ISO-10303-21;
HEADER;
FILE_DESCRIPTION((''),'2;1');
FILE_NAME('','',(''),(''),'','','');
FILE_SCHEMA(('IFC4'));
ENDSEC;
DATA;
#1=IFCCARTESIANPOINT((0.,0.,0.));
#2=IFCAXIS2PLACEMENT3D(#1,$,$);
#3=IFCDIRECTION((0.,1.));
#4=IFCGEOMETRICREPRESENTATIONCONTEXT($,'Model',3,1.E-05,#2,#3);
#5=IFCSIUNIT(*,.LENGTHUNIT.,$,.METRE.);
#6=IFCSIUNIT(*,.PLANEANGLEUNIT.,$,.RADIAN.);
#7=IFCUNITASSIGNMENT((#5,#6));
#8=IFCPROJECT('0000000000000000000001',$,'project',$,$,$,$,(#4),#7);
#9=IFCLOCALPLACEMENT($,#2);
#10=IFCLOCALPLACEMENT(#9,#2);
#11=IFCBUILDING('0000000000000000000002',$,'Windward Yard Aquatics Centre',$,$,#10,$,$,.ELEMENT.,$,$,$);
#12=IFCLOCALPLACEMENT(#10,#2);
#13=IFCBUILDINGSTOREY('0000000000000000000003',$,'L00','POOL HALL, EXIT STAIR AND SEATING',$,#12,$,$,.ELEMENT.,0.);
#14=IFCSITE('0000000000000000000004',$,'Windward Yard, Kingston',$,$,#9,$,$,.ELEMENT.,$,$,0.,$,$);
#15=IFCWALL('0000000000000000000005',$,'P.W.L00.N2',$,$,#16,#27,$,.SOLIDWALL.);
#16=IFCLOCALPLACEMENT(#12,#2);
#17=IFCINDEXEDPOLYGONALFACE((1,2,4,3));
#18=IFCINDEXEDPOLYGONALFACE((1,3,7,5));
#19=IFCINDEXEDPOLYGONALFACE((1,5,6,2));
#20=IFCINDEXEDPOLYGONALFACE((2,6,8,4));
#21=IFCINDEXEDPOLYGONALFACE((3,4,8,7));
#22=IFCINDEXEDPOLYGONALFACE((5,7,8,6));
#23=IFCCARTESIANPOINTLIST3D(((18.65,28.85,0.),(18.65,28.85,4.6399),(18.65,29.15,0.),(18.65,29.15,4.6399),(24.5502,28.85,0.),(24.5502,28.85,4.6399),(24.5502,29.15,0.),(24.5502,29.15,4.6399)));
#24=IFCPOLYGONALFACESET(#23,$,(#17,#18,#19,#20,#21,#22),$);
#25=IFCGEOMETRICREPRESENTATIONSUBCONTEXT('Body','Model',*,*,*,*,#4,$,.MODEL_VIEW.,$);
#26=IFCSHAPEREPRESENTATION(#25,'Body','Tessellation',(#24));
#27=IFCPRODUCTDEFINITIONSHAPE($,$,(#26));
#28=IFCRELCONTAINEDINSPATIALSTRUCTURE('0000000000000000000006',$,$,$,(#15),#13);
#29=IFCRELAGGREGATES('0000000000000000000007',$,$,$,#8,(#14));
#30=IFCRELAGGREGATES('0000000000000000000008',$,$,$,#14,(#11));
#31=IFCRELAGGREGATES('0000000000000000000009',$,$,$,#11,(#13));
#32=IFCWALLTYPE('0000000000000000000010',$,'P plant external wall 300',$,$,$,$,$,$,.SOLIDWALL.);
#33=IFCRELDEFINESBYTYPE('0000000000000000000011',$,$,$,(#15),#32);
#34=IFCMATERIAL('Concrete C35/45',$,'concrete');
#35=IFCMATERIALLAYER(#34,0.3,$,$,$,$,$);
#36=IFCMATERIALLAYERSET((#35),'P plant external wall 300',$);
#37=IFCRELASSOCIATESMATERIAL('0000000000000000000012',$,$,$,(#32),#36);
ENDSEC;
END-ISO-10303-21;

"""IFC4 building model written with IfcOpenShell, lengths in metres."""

from ifc_helpers import new_model, si_unit, direction, frame, frame_2d, origin, place, context, subcontext, project, spatial, rectangle, extrude, material, layer, layer_set, type_object, element, save


model = new_model("IFC4")

# Units and contexts
model_context = context("Model", 3, precision=1e-05, world=origin(), true_north=direction((0.0, 1.0)))
body_context = subcontext(model_context, "Body", "Model", "MODEL_VIEW")
ifc_project = project(units=[si_unit("LENGTHUNIT", "METRE"), si_unit("PLANEANGLEUNIT", "RADIAN")], contexts=[model_context])

# Site, building, storey
site_placement = place(None, origin())
site = spatial("IfcSite", under=ifc_project, at=site_placement, Name="Windward Yard, Kingston", CompositionType="ELEMENT", RefElevation=0.0)
building_placement = place(site_placement, origin())
building = spatial("IfcBuilding", under=site, at=building_placement, Name="Windward Yard Aquatics Centre", CompositionType="ELEMENT")
storey_placement = place(building_placement, origin())
storey = spatial("IfcBuildingStorey", under=building, at=storey_placement, Name="L00", Description="POOL HALL, EXIT STAIR AND SEATING", CompositionType="ELEMENT", Elevation=0.0)

# Shared definitions
ifc_material_1 = material(Name="Concrete C35/45", Category="concrete")

# Wall
ifc_layer_1 = layer(ifc_material_1, 0.3)
ifc_layer_set_1 = layer_set([ifc_layer_1], Name="P plant external wall 300")
wall_type_1 = type_object("IfcWallType", Name="P plant external wall 300", PredefinedType="SOLIDWALL", material=ifc_layer_set_1)
wall_1_placement = place(storey_placement, frame((18.6499, 29.0, 0.0), z_axis=(0.0, 0.0, 1.0), x_axis=(1.0, 0.0, 0.0)))
element("IfcWall", 1, at=wall_1_placement, inside=storey, type_object=wall_type_1, Name="P.W.L00.N2", PredefinedType="SOLIDWALL", context=body_context, shape_type="SweptSolid", body=[
    extrude(rectangle(XDim=5.9001, YDim=0.3, at=frame_2d((2.9502, 0.0))), origin(), (0.0, 0.0, 1.0), 4.6399),
])

save(model, "model.ifc")
